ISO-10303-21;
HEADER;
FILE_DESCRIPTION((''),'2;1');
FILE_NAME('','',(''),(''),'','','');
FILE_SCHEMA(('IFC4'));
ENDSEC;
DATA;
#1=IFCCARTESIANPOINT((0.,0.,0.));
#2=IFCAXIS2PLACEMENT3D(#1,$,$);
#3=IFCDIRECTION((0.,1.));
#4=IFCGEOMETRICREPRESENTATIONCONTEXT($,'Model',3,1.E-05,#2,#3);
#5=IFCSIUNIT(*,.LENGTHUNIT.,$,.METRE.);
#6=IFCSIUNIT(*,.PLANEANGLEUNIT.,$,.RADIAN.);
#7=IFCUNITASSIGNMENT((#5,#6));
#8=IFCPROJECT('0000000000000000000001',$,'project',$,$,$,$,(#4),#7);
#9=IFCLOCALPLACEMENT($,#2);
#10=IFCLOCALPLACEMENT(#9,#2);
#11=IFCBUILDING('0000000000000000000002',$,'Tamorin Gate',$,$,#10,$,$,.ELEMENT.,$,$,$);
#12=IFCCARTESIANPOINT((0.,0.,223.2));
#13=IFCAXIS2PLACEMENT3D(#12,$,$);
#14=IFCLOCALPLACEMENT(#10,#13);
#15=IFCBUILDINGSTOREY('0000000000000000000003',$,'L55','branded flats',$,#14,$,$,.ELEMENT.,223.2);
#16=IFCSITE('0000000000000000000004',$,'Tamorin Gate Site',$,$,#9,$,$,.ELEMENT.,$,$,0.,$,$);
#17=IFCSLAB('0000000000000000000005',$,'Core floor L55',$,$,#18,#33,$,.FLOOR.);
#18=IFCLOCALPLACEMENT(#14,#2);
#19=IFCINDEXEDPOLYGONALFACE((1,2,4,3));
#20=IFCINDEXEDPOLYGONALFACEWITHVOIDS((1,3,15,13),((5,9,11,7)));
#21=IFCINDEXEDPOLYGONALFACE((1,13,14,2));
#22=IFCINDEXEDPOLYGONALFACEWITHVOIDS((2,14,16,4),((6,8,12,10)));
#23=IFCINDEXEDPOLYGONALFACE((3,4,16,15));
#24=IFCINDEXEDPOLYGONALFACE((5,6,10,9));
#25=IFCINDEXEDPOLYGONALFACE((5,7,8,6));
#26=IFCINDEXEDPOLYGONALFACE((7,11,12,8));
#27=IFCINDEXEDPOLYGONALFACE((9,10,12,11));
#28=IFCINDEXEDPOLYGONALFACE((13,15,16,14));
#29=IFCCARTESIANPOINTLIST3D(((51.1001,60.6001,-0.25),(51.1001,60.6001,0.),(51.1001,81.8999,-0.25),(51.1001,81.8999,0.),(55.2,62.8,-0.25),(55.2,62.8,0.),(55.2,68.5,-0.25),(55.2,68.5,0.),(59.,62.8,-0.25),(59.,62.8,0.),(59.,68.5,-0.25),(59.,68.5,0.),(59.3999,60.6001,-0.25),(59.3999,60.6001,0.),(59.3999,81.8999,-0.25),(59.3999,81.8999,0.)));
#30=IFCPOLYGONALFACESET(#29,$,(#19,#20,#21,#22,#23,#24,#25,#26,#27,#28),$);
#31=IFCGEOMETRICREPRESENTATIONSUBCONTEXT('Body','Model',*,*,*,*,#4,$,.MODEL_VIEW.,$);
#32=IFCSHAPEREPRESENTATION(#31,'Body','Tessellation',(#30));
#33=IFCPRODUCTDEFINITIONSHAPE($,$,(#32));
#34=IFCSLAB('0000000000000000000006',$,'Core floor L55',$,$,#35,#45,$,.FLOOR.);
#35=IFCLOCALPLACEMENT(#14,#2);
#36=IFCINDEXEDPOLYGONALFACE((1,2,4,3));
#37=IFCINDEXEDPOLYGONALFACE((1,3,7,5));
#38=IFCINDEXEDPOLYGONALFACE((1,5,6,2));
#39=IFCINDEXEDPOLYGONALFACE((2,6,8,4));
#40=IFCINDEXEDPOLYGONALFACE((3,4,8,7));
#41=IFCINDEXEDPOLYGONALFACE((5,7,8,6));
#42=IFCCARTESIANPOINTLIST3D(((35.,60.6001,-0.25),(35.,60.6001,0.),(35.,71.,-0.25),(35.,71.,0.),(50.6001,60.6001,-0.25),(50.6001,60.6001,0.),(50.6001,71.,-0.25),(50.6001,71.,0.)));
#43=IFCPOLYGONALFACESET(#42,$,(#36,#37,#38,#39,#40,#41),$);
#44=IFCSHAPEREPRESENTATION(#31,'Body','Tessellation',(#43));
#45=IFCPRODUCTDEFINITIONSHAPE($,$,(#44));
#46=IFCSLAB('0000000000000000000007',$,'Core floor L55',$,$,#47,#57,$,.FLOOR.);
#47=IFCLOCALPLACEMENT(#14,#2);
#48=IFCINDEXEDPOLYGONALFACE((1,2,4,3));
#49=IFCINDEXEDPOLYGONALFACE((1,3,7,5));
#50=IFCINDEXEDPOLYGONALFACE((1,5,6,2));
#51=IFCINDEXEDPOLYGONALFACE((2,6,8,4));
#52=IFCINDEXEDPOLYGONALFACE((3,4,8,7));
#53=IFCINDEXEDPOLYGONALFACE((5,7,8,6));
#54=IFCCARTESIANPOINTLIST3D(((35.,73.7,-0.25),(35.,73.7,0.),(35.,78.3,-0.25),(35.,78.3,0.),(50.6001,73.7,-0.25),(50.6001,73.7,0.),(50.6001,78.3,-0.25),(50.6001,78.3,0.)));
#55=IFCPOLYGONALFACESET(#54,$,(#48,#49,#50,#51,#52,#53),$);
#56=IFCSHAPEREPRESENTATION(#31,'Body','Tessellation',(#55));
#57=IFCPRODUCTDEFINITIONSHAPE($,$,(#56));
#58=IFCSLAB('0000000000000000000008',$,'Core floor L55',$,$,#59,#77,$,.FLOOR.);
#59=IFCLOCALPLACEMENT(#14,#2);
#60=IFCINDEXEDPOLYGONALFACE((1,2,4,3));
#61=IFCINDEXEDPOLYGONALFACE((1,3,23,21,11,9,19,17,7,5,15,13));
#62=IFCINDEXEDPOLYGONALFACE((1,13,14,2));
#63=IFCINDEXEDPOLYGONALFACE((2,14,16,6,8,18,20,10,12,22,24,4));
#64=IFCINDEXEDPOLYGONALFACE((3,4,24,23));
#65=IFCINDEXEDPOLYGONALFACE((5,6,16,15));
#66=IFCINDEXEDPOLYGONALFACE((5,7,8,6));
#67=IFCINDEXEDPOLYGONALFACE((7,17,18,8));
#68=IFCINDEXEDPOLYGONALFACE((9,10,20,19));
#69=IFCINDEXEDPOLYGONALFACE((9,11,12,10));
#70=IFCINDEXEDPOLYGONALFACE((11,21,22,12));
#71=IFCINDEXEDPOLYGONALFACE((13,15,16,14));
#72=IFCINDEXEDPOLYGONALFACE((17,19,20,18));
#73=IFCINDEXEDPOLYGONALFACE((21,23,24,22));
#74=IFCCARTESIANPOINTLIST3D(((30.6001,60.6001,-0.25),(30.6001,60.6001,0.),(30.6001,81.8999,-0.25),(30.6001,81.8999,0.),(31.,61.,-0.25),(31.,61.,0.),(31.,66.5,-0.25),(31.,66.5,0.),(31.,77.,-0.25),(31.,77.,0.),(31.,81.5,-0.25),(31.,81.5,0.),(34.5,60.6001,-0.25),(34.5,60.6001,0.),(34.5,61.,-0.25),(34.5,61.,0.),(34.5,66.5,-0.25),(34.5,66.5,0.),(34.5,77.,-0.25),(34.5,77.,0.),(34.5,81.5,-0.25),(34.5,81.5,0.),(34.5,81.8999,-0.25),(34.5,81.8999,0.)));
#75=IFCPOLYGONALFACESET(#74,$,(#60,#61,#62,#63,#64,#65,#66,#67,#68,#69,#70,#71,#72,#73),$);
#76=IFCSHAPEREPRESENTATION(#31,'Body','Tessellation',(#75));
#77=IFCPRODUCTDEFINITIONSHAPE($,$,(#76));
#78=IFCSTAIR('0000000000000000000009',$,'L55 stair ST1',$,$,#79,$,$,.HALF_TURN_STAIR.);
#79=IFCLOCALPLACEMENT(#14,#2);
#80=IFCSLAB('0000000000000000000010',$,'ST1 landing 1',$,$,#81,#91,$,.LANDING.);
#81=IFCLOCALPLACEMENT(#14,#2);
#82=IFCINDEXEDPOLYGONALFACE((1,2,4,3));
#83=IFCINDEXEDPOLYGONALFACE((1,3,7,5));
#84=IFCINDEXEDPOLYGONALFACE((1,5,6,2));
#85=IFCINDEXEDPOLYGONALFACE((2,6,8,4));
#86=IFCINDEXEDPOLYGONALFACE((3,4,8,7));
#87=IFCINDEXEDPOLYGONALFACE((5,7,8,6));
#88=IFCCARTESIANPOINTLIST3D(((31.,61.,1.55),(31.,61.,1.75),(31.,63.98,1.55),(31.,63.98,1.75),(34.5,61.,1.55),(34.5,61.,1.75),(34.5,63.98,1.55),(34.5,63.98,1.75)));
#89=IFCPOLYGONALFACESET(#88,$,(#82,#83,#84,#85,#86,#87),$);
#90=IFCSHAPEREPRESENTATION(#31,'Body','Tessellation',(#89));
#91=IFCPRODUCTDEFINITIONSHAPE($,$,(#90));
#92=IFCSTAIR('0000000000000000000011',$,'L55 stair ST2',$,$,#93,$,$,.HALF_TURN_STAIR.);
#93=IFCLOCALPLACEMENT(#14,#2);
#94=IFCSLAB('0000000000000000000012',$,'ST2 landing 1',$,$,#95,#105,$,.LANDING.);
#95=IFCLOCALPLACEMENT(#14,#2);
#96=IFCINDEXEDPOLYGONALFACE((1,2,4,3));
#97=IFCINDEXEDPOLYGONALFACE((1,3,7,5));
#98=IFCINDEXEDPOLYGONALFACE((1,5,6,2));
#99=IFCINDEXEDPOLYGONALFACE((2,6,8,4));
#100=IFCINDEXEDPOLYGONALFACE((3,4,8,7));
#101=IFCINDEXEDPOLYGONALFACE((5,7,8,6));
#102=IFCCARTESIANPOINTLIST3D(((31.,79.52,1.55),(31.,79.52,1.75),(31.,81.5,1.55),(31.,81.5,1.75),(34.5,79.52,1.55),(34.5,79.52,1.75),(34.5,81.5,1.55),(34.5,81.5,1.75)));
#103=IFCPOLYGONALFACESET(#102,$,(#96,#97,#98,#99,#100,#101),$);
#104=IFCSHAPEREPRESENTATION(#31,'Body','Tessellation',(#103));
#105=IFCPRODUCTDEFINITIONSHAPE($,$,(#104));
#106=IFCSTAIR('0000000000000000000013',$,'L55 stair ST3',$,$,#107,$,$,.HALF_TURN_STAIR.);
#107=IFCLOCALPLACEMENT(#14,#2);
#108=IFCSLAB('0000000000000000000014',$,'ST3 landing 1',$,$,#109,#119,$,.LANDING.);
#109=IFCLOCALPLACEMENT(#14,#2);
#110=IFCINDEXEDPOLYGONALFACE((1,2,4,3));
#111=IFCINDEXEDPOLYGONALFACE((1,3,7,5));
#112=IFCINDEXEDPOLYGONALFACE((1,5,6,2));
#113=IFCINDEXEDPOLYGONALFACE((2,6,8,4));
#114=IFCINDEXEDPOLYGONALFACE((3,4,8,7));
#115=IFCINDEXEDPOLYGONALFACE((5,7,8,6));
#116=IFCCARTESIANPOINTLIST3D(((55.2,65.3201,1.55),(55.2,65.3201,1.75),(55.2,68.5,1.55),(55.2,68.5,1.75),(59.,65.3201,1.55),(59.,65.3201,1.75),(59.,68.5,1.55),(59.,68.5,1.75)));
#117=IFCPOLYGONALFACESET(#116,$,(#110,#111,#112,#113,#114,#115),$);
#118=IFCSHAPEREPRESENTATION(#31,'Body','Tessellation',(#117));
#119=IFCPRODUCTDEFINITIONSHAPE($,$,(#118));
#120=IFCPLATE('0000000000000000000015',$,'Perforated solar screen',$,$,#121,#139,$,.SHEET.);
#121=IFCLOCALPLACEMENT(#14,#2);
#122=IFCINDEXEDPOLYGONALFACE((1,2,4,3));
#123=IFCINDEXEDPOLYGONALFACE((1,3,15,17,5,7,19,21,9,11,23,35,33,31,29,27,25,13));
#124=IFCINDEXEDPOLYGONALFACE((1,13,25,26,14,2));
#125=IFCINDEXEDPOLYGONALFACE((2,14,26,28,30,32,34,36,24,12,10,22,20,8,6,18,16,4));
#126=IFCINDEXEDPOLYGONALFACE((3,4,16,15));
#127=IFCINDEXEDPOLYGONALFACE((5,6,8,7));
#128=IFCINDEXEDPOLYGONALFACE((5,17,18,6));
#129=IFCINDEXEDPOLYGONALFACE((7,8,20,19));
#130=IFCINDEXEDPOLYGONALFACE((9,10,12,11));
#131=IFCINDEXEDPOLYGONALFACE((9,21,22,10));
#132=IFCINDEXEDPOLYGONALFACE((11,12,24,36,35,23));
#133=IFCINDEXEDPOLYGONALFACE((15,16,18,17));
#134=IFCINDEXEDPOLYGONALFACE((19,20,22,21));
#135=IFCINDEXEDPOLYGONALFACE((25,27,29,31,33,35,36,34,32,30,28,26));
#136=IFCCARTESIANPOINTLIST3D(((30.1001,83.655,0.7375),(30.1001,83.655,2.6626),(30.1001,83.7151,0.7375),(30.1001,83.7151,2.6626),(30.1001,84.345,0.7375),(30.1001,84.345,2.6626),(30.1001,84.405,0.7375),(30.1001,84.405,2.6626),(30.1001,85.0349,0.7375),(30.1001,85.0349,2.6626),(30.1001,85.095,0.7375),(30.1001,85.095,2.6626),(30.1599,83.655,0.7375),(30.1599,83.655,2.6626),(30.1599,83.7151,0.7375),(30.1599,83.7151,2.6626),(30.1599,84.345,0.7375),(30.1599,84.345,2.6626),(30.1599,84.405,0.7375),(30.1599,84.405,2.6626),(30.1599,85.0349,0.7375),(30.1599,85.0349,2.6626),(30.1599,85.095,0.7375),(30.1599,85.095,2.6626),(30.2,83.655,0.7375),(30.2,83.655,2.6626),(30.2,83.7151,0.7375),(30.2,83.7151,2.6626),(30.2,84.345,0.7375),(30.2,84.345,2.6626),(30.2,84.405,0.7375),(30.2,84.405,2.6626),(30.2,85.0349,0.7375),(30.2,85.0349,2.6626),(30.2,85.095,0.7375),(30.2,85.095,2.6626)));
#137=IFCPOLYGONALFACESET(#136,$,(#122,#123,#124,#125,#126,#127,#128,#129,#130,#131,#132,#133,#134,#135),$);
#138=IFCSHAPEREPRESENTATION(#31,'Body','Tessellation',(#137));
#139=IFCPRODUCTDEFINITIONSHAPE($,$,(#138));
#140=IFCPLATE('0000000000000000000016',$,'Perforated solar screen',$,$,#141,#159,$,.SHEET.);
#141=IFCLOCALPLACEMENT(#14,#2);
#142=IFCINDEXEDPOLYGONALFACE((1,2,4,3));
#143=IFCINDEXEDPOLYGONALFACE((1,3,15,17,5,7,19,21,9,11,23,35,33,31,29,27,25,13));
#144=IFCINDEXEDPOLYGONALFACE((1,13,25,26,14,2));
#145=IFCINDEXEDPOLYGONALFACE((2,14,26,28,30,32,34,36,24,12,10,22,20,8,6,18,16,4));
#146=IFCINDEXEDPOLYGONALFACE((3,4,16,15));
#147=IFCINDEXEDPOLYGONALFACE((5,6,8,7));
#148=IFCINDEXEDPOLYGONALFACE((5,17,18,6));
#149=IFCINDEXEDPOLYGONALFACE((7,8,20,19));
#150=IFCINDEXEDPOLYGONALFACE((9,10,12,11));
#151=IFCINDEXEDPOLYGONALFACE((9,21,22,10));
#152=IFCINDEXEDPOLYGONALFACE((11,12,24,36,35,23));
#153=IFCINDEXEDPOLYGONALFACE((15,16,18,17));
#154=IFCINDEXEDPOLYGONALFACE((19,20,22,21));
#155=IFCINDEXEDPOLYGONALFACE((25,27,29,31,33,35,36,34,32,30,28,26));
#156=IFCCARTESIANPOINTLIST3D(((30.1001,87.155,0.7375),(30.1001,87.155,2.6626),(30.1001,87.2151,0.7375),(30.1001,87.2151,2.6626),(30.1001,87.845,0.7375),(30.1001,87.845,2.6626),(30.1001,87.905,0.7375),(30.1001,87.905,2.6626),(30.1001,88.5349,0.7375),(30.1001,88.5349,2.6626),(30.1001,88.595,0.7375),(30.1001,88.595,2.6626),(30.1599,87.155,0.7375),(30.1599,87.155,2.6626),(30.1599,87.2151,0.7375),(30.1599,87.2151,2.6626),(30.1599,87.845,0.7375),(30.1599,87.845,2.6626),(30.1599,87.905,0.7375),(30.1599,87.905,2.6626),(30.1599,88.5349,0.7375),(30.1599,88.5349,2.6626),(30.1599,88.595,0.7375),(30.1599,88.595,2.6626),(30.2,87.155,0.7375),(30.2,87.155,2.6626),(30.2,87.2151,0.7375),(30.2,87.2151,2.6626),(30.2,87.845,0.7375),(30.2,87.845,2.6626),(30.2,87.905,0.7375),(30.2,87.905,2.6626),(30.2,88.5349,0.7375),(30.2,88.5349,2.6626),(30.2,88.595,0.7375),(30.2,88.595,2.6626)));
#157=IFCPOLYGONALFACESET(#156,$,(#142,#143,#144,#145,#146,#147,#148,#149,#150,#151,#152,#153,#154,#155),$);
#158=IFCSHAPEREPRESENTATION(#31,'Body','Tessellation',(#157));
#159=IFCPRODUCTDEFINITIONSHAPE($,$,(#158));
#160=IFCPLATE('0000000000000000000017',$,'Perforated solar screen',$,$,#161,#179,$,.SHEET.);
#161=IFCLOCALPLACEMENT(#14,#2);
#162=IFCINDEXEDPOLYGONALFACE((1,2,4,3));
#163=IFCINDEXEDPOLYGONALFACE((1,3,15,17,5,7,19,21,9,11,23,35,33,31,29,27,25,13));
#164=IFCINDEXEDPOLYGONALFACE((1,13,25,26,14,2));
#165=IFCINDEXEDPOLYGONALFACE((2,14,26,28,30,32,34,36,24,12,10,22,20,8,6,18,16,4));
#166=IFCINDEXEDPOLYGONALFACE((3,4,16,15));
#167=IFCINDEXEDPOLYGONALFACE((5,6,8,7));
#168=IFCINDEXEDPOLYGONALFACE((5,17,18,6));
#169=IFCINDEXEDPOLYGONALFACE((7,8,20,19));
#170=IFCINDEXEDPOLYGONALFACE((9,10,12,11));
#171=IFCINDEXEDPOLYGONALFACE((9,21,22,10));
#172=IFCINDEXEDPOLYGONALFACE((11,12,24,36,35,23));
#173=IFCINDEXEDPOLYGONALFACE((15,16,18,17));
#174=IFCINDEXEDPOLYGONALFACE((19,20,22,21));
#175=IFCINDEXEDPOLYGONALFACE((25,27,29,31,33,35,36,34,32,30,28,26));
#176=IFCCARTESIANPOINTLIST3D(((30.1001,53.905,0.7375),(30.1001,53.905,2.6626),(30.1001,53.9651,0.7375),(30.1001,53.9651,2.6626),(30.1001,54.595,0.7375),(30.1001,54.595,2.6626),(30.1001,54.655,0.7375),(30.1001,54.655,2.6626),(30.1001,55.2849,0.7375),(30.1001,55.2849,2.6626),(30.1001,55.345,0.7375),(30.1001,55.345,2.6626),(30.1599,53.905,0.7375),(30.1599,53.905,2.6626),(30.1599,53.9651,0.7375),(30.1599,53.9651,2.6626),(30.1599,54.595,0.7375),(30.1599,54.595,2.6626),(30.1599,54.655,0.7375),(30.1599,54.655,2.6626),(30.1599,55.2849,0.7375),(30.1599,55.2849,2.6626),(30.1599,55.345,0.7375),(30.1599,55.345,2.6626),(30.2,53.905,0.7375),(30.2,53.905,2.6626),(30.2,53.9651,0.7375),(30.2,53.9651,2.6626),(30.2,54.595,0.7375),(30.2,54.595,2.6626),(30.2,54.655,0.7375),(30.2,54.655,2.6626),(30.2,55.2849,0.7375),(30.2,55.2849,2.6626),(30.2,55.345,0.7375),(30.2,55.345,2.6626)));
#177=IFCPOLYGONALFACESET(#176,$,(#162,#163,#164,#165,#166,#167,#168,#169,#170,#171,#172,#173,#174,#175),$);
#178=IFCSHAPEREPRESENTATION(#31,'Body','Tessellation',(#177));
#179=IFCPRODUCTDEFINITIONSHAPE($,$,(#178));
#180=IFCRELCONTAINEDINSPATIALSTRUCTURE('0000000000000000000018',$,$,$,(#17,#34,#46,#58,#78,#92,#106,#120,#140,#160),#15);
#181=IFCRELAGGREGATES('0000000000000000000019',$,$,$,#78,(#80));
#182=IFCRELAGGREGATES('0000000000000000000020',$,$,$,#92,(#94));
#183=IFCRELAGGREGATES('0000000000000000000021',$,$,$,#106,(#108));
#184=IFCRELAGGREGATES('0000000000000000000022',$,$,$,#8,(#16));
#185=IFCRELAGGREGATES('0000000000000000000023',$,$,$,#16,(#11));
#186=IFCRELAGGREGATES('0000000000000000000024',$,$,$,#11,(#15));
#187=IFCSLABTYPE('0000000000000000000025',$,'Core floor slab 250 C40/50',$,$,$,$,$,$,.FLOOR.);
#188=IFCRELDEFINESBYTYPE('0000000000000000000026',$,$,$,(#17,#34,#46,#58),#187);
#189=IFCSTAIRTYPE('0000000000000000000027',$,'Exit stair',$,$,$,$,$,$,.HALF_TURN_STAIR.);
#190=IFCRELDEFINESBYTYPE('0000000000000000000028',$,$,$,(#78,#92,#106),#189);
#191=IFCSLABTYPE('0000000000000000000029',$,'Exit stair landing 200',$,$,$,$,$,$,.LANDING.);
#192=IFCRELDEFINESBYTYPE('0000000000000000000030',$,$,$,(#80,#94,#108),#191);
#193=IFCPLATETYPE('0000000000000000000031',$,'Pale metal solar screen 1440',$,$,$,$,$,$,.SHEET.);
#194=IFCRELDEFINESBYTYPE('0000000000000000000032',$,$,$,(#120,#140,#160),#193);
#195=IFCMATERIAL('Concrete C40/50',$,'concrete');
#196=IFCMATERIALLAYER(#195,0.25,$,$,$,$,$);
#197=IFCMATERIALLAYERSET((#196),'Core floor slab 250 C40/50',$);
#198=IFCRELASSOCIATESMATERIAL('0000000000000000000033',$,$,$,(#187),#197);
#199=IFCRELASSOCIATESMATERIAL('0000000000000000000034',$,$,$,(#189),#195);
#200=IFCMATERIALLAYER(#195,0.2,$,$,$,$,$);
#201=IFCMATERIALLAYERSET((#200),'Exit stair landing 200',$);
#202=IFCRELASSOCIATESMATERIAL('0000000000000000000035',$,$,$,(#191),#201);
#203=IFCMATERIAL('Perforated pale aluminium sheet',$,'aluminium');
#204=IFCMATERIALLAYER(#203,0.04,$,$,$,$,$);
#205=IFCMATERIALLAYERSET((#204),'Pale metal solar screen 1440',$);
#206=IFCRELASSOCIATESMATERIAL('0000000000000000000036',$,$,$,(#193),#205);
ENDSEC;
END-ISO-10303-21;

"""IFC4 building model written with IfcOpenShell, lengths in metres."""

from ifc_helpers import new_model, si_unit, direction, frame, origin, place, context, subcontext, project, spatial, polyline, outline, extrude, material, layer, layer_set, type_object, element, aggregate, save


model = new_model("IFC4")

# Units and contexts
model_context = context("Model", 3, precision=1e-05, world=origin(), true_north=direction((0.0, 1.0)))
body_context = subcontext(model_context, "Body", "Model", "MODEL_VIEW")
ifc_project = project(units=[si_unit("LENGTHUNIT", "METRE"), si_unit("PLANEANGLEUNIT", "RADIAN")], contexts=[model_context])

# Site, building, storey
site_placement = place(None, origin())
site = spatial("IfcSite", under=ifc_project, at=site_placement, Name="Tamorin Gate Site", CompositionType="ELEMENT", RefElevation=0.0)
building_placement = place(site_placement, origin())
building = spatial("IfcBuilding", under=site, at=building_placement, Name="Tamorin Gate", CompositionType="ELEMENT")
storey_placement = place(building_placement, frame((0.0, 0.0, 223.2)))
storey = spatial("IfcBuildingStorey", under=building, at=storey_placement, Name="L55", Description="branded flats", CompositionType="ELEMENT", Elevation=223.2)

# Slabs
ifc_material_1 = material(Name="Concrete C40/50", Category="concrete")
ifc_layer_1 = layer(ifc_material_1, 0.25)
ifc_layer_set_1 = layer_set([ifc_layer_1], Name="Core floor slab 250 C40/50")
slab_type_1 = type_object("IfcSlabType", Name="Core floor slab 250 C40/50", PredefinedType="FLOOR", material=ifc_layer_set_1)
slab_1_placement = place(storey_placement, frame((0.0, 0.0, -0.25)))
element("IfcSlab", 1, at=slab_1_placement, inside=storey, type_object=slab_type_1, Name="Core floor L55", PredefinedType="FLOOR", context=body_context, shape_type="SweptSolid", body=[
    extrude(outline(polyline([(51.1001, 81.8999), (59.3999, 81.8999), (59.3999, 60.6001), (51.1001, 60.6001), (51.1001, 81.8999)]), holes=[polyline([(55.2, 62.8), (59.0, 62.8), (59.0, 68.5), (55.2, 68.5), (55.2, 62.8)])]), origin(), (0.0, 0.0, 1.0), 0.25),
])
slab_2_placement = place(storey_placement, frame((0.0, 0.0, -0.25)))
element("IfcSlab", 2, at=slab_2_placement, inside=storey, type_object=slab_type_1, Name="Core floor L55", PredefinedType="FLOOR", context=body_context, shape_type="SweptSolid", body=[
    extrude(outline(polyline([(50.6001, 71.0), (50.6001, 60.6001), (35.0, 60.6001), (35.0, 71.0), (50.6001, 71.0)])), origin(), (0.0, 0.0, 1.0), 0.25),
])
slab_3_placement = place(storey_placement, frame((0.0, 0.0, -0.25)))
element("IfcSlab", 3, at=slab_3_placement, inside=storey, type_object=slab_type_1, Name="Core floor L55", PredefinedType="FLOOR", context=body_context, shape_type="SweptSolid", body=[
    extrude(outline(polyline([(50.6001, 73.7), (35.0, 73.7), (35.0, 78.3), (50.6001, 78.3), (50.6001, 73.7)])), origin(), (0.0, 0.0, 1.0), 0.25),
])
slab_4_placement = place(storey_placement, frame((0.0, 0.0, -0.25)))
element("IfcSlab", 4, at=slab_4_placement, inside=storey, type_object=slab_type_1, Name="Core floor L55", PredefinedType="FLOOR", context=body_context, shape_type="SweptSolid", body=[
    extrude(outline(polyline([(34.5, 60.6001), (30.6001, 60.6001), (30.6001, 81.8999), (34.5, 81.8999), (34.5, 81.5), (31.0, 81.5), (31.0, 77.0), (34.5, 77.0), (34.5, 66.5), (31.0, 66.5), (31.0, 61.0), (34.5, 61.0), (34.5, 60.6001)])), origin(), (0.0, 0.0, 1.0), 0.25),
])

# Stairs, slabs
stair_type = type_object("IfcStairType", Name="Exit stair", PredefinedType="HALF_TURN_STAIR", material=ifc_material_1)
stair_1_placement = place(storey_placement, origin())
stair_1 = element("IfcStair", 5, at=stair_1_placement, inside=storey, type_object=stair_type, Name="L55 stair ST1", PredefinedType="HALF_TURN_STAIR")
ifc_layer_2 = layer(ifc_material_1, 0.2)
ifc_layer_set_2 = layer_set([ifc_layer_2], Name="Exit stair landing 200")
slab_type_2 = type_object("IfcSlabType", Name="Exit stair landing 200", PredefinedType="LANDING", material=ifc_layer_set_2)
slab_5_placement = place(storey_placement, frame((0.0, 0.0, 1.55)))
slab_5 = element("IfcSlab", 6, at=slab_5_placement, type_object=slab_type_2, Name="ST1 landing 1", PredefinedType="LANDING", context=body_context, shape_type="SweptSolid", body=[
    extrude(outline(polyline([(31.0, 63.98), (31.0, 61.0), (34.5, 61.0), (34.5, 63.98), (31.0, 63.98)])), origin(), (0.0, 0.0, 1.0), 0.2),
])
aggregate(stair_1, [slab_5])
stair_2_placement = place(storey_placement, origin())
stair_2 = element("IfcStair", 7, at=stair_2_placement, inside=storey, type_object=stair_type, Name="L55 stair ST2", PredefinedType="HALF_TURN_STAIR")
slab_6_placement = place(storey_placement, frame((0.0, 0.0, 1.55)))
slab_6 = element("IfcSlab", 8, at=slab_6_placement, type_object=slab_type_2, Name="ST2 landing 1", PredefinedType="LANDING", context=body_context, shape_type="SweptSolid", body=[
    extrude(outline(polyline([(34.5, 79.52), (34.5, 81.5), (31.0, 81.5), (31.0, 79.52), (34.5, 79.52)])), origin(), (0.0, 0.0, 1.0), 0.2),
])
aggregate(stair_2, [slab_6])
stair_3_placement = place(storey_placement, origin())
stair_3 = element("IfcStair", 9, at=stair_3_placement, inside=storey, type_object=stair_type, Name="L55 stair ST3", PredefinedType="HALF_TURN_STAIR")
slab_7_placement = place(storey_placement, frame((0.0, 0.0, 1.55)))
slab_7 = element("IfcSlab", 10, at=slab_7_placement, type_object=slab_type_2, Name="ST3 landing 1", PredefinedType="LANDING", context=body_context, shape_type="SweptSolid", body=[
    extrude(outline(polyline([(59.0, 65.3201), (59.0, 68.5), (55.2, 68.5), (55.2, 65.3201), (59.0, 65.3201)])), origin(), (0.0, 0.0, 1.0), 0.2),
])
aggregate(stair_3, [slab_7])

# Plates
ifc_material_2 = material(Name="Perforated pale aluminium sheet", Category="aluminium")
ifc_layer_3 = layer(ifc_material_2, 0.04)
ifc_layer_set_3 = layer_set([ifc_layer_3], Name="Pale metal solar screen 1440")
plate_type = type_object("IfcPlateType", Name="Pale metal solar screen 1440", PredefinedType="SHEET", material=ifc_layer_set_3)
plate_1_placement = place(storey_placement, frame((0.0, 0.0, 0.7375)))
element("IfcPlate", 11, at=plate_1_placement, inside=storey, type_object=plate_type, Name="Perforated solar screen", PredefinedType="SHEET", context=body_context, shape_type="SweptSolid", body=[
    extrude(outline(polyline([(30.1599, 85.095), (30.2, 85.095), (30.2, 85.0349), (30.2, 84.405), (30.2, 84.345), (30.2, 83.7151), (30.2, 83.655), (30.1599, 83.655), (30.1001, 83.655), (30.1001, 83.7151), (30.1599, 83.7151), (30.1599, 84.345), (30.1001, 84.345), (30.1001, 84.405), (30.1599, 84.405), (30.1599, 85.0349), (30.1001, 85.0349), (30.1001, 85.095), (30.1599, 85.095)])), origin(), (0.0, 0.0, 1.0), 1.925),
])
plate_2_placement = place(storey_placement, frame((0.0, 0.0, 0.7375)))
element("IfcPlate", 12, at=plate_2_placement, inside=storey, type_object=plate_type, Name="Perforated solar screen", PredefinedType="SHEET", context=body_context, shape_type="SweptSolid", body=[
    extrude(outline(polyline([(30.1599, 88.595), (30.2, 88.595), (30.2, 88.5349), (30.2, 87.905), (30.2, 87.845), (30.2, 87.2151), (30.2, 87.155), (30.2, 87.155), (30.1599, 87.155), (30.1599, 87.155), (30.1001, 87.155), (30.1001, 87.2151), (30.1599, 87.2151), (30.1599, 87.845), (30.1001, 87.845), (30.1001, 87.905), (30.1599, 87.905), (30.1599, 88.5349), (30.1001, 88.5349), (30.1001, 88.595), (30.1599, 88.595)])), origin(), (0.0, 0.0, 1.0), 1.925),
])
plate_3_placement = place(storey_placement, frame((0.0, 0.0, 0.7375)))
element("IfcPlate", 13, at=plate_3_placement, inside=storey, type_object=plate_type, Name="Perforated solar screen", PredefinedType="SHEET", context=body_context, shape_type="SweptSolid", body=[
    extrude(outline(polyline([(30.1599, 55.345), (30.2, 55.345), (30.2, 55.2849), (30.2, 54.655), (30.2, 54.595), (30.2, 53.9651), (30.2, 53.905), (30.1599, 53.905), (30.1001, 53.905), (30.1001, 53.9651), (30.1599, 53.9651), (30.1599, 54.595), (30.1001, 54.595), (30.1001, 54.655), (30.1599, 54.655), (30.1599, 55.2849), (30.1001, 55.2849), (30.1001, 55.345), (30.1599, 55.345)])), origin(), (0.0, 0.0, 1.0), 1.925),
])

save(model, "model.ifc")
